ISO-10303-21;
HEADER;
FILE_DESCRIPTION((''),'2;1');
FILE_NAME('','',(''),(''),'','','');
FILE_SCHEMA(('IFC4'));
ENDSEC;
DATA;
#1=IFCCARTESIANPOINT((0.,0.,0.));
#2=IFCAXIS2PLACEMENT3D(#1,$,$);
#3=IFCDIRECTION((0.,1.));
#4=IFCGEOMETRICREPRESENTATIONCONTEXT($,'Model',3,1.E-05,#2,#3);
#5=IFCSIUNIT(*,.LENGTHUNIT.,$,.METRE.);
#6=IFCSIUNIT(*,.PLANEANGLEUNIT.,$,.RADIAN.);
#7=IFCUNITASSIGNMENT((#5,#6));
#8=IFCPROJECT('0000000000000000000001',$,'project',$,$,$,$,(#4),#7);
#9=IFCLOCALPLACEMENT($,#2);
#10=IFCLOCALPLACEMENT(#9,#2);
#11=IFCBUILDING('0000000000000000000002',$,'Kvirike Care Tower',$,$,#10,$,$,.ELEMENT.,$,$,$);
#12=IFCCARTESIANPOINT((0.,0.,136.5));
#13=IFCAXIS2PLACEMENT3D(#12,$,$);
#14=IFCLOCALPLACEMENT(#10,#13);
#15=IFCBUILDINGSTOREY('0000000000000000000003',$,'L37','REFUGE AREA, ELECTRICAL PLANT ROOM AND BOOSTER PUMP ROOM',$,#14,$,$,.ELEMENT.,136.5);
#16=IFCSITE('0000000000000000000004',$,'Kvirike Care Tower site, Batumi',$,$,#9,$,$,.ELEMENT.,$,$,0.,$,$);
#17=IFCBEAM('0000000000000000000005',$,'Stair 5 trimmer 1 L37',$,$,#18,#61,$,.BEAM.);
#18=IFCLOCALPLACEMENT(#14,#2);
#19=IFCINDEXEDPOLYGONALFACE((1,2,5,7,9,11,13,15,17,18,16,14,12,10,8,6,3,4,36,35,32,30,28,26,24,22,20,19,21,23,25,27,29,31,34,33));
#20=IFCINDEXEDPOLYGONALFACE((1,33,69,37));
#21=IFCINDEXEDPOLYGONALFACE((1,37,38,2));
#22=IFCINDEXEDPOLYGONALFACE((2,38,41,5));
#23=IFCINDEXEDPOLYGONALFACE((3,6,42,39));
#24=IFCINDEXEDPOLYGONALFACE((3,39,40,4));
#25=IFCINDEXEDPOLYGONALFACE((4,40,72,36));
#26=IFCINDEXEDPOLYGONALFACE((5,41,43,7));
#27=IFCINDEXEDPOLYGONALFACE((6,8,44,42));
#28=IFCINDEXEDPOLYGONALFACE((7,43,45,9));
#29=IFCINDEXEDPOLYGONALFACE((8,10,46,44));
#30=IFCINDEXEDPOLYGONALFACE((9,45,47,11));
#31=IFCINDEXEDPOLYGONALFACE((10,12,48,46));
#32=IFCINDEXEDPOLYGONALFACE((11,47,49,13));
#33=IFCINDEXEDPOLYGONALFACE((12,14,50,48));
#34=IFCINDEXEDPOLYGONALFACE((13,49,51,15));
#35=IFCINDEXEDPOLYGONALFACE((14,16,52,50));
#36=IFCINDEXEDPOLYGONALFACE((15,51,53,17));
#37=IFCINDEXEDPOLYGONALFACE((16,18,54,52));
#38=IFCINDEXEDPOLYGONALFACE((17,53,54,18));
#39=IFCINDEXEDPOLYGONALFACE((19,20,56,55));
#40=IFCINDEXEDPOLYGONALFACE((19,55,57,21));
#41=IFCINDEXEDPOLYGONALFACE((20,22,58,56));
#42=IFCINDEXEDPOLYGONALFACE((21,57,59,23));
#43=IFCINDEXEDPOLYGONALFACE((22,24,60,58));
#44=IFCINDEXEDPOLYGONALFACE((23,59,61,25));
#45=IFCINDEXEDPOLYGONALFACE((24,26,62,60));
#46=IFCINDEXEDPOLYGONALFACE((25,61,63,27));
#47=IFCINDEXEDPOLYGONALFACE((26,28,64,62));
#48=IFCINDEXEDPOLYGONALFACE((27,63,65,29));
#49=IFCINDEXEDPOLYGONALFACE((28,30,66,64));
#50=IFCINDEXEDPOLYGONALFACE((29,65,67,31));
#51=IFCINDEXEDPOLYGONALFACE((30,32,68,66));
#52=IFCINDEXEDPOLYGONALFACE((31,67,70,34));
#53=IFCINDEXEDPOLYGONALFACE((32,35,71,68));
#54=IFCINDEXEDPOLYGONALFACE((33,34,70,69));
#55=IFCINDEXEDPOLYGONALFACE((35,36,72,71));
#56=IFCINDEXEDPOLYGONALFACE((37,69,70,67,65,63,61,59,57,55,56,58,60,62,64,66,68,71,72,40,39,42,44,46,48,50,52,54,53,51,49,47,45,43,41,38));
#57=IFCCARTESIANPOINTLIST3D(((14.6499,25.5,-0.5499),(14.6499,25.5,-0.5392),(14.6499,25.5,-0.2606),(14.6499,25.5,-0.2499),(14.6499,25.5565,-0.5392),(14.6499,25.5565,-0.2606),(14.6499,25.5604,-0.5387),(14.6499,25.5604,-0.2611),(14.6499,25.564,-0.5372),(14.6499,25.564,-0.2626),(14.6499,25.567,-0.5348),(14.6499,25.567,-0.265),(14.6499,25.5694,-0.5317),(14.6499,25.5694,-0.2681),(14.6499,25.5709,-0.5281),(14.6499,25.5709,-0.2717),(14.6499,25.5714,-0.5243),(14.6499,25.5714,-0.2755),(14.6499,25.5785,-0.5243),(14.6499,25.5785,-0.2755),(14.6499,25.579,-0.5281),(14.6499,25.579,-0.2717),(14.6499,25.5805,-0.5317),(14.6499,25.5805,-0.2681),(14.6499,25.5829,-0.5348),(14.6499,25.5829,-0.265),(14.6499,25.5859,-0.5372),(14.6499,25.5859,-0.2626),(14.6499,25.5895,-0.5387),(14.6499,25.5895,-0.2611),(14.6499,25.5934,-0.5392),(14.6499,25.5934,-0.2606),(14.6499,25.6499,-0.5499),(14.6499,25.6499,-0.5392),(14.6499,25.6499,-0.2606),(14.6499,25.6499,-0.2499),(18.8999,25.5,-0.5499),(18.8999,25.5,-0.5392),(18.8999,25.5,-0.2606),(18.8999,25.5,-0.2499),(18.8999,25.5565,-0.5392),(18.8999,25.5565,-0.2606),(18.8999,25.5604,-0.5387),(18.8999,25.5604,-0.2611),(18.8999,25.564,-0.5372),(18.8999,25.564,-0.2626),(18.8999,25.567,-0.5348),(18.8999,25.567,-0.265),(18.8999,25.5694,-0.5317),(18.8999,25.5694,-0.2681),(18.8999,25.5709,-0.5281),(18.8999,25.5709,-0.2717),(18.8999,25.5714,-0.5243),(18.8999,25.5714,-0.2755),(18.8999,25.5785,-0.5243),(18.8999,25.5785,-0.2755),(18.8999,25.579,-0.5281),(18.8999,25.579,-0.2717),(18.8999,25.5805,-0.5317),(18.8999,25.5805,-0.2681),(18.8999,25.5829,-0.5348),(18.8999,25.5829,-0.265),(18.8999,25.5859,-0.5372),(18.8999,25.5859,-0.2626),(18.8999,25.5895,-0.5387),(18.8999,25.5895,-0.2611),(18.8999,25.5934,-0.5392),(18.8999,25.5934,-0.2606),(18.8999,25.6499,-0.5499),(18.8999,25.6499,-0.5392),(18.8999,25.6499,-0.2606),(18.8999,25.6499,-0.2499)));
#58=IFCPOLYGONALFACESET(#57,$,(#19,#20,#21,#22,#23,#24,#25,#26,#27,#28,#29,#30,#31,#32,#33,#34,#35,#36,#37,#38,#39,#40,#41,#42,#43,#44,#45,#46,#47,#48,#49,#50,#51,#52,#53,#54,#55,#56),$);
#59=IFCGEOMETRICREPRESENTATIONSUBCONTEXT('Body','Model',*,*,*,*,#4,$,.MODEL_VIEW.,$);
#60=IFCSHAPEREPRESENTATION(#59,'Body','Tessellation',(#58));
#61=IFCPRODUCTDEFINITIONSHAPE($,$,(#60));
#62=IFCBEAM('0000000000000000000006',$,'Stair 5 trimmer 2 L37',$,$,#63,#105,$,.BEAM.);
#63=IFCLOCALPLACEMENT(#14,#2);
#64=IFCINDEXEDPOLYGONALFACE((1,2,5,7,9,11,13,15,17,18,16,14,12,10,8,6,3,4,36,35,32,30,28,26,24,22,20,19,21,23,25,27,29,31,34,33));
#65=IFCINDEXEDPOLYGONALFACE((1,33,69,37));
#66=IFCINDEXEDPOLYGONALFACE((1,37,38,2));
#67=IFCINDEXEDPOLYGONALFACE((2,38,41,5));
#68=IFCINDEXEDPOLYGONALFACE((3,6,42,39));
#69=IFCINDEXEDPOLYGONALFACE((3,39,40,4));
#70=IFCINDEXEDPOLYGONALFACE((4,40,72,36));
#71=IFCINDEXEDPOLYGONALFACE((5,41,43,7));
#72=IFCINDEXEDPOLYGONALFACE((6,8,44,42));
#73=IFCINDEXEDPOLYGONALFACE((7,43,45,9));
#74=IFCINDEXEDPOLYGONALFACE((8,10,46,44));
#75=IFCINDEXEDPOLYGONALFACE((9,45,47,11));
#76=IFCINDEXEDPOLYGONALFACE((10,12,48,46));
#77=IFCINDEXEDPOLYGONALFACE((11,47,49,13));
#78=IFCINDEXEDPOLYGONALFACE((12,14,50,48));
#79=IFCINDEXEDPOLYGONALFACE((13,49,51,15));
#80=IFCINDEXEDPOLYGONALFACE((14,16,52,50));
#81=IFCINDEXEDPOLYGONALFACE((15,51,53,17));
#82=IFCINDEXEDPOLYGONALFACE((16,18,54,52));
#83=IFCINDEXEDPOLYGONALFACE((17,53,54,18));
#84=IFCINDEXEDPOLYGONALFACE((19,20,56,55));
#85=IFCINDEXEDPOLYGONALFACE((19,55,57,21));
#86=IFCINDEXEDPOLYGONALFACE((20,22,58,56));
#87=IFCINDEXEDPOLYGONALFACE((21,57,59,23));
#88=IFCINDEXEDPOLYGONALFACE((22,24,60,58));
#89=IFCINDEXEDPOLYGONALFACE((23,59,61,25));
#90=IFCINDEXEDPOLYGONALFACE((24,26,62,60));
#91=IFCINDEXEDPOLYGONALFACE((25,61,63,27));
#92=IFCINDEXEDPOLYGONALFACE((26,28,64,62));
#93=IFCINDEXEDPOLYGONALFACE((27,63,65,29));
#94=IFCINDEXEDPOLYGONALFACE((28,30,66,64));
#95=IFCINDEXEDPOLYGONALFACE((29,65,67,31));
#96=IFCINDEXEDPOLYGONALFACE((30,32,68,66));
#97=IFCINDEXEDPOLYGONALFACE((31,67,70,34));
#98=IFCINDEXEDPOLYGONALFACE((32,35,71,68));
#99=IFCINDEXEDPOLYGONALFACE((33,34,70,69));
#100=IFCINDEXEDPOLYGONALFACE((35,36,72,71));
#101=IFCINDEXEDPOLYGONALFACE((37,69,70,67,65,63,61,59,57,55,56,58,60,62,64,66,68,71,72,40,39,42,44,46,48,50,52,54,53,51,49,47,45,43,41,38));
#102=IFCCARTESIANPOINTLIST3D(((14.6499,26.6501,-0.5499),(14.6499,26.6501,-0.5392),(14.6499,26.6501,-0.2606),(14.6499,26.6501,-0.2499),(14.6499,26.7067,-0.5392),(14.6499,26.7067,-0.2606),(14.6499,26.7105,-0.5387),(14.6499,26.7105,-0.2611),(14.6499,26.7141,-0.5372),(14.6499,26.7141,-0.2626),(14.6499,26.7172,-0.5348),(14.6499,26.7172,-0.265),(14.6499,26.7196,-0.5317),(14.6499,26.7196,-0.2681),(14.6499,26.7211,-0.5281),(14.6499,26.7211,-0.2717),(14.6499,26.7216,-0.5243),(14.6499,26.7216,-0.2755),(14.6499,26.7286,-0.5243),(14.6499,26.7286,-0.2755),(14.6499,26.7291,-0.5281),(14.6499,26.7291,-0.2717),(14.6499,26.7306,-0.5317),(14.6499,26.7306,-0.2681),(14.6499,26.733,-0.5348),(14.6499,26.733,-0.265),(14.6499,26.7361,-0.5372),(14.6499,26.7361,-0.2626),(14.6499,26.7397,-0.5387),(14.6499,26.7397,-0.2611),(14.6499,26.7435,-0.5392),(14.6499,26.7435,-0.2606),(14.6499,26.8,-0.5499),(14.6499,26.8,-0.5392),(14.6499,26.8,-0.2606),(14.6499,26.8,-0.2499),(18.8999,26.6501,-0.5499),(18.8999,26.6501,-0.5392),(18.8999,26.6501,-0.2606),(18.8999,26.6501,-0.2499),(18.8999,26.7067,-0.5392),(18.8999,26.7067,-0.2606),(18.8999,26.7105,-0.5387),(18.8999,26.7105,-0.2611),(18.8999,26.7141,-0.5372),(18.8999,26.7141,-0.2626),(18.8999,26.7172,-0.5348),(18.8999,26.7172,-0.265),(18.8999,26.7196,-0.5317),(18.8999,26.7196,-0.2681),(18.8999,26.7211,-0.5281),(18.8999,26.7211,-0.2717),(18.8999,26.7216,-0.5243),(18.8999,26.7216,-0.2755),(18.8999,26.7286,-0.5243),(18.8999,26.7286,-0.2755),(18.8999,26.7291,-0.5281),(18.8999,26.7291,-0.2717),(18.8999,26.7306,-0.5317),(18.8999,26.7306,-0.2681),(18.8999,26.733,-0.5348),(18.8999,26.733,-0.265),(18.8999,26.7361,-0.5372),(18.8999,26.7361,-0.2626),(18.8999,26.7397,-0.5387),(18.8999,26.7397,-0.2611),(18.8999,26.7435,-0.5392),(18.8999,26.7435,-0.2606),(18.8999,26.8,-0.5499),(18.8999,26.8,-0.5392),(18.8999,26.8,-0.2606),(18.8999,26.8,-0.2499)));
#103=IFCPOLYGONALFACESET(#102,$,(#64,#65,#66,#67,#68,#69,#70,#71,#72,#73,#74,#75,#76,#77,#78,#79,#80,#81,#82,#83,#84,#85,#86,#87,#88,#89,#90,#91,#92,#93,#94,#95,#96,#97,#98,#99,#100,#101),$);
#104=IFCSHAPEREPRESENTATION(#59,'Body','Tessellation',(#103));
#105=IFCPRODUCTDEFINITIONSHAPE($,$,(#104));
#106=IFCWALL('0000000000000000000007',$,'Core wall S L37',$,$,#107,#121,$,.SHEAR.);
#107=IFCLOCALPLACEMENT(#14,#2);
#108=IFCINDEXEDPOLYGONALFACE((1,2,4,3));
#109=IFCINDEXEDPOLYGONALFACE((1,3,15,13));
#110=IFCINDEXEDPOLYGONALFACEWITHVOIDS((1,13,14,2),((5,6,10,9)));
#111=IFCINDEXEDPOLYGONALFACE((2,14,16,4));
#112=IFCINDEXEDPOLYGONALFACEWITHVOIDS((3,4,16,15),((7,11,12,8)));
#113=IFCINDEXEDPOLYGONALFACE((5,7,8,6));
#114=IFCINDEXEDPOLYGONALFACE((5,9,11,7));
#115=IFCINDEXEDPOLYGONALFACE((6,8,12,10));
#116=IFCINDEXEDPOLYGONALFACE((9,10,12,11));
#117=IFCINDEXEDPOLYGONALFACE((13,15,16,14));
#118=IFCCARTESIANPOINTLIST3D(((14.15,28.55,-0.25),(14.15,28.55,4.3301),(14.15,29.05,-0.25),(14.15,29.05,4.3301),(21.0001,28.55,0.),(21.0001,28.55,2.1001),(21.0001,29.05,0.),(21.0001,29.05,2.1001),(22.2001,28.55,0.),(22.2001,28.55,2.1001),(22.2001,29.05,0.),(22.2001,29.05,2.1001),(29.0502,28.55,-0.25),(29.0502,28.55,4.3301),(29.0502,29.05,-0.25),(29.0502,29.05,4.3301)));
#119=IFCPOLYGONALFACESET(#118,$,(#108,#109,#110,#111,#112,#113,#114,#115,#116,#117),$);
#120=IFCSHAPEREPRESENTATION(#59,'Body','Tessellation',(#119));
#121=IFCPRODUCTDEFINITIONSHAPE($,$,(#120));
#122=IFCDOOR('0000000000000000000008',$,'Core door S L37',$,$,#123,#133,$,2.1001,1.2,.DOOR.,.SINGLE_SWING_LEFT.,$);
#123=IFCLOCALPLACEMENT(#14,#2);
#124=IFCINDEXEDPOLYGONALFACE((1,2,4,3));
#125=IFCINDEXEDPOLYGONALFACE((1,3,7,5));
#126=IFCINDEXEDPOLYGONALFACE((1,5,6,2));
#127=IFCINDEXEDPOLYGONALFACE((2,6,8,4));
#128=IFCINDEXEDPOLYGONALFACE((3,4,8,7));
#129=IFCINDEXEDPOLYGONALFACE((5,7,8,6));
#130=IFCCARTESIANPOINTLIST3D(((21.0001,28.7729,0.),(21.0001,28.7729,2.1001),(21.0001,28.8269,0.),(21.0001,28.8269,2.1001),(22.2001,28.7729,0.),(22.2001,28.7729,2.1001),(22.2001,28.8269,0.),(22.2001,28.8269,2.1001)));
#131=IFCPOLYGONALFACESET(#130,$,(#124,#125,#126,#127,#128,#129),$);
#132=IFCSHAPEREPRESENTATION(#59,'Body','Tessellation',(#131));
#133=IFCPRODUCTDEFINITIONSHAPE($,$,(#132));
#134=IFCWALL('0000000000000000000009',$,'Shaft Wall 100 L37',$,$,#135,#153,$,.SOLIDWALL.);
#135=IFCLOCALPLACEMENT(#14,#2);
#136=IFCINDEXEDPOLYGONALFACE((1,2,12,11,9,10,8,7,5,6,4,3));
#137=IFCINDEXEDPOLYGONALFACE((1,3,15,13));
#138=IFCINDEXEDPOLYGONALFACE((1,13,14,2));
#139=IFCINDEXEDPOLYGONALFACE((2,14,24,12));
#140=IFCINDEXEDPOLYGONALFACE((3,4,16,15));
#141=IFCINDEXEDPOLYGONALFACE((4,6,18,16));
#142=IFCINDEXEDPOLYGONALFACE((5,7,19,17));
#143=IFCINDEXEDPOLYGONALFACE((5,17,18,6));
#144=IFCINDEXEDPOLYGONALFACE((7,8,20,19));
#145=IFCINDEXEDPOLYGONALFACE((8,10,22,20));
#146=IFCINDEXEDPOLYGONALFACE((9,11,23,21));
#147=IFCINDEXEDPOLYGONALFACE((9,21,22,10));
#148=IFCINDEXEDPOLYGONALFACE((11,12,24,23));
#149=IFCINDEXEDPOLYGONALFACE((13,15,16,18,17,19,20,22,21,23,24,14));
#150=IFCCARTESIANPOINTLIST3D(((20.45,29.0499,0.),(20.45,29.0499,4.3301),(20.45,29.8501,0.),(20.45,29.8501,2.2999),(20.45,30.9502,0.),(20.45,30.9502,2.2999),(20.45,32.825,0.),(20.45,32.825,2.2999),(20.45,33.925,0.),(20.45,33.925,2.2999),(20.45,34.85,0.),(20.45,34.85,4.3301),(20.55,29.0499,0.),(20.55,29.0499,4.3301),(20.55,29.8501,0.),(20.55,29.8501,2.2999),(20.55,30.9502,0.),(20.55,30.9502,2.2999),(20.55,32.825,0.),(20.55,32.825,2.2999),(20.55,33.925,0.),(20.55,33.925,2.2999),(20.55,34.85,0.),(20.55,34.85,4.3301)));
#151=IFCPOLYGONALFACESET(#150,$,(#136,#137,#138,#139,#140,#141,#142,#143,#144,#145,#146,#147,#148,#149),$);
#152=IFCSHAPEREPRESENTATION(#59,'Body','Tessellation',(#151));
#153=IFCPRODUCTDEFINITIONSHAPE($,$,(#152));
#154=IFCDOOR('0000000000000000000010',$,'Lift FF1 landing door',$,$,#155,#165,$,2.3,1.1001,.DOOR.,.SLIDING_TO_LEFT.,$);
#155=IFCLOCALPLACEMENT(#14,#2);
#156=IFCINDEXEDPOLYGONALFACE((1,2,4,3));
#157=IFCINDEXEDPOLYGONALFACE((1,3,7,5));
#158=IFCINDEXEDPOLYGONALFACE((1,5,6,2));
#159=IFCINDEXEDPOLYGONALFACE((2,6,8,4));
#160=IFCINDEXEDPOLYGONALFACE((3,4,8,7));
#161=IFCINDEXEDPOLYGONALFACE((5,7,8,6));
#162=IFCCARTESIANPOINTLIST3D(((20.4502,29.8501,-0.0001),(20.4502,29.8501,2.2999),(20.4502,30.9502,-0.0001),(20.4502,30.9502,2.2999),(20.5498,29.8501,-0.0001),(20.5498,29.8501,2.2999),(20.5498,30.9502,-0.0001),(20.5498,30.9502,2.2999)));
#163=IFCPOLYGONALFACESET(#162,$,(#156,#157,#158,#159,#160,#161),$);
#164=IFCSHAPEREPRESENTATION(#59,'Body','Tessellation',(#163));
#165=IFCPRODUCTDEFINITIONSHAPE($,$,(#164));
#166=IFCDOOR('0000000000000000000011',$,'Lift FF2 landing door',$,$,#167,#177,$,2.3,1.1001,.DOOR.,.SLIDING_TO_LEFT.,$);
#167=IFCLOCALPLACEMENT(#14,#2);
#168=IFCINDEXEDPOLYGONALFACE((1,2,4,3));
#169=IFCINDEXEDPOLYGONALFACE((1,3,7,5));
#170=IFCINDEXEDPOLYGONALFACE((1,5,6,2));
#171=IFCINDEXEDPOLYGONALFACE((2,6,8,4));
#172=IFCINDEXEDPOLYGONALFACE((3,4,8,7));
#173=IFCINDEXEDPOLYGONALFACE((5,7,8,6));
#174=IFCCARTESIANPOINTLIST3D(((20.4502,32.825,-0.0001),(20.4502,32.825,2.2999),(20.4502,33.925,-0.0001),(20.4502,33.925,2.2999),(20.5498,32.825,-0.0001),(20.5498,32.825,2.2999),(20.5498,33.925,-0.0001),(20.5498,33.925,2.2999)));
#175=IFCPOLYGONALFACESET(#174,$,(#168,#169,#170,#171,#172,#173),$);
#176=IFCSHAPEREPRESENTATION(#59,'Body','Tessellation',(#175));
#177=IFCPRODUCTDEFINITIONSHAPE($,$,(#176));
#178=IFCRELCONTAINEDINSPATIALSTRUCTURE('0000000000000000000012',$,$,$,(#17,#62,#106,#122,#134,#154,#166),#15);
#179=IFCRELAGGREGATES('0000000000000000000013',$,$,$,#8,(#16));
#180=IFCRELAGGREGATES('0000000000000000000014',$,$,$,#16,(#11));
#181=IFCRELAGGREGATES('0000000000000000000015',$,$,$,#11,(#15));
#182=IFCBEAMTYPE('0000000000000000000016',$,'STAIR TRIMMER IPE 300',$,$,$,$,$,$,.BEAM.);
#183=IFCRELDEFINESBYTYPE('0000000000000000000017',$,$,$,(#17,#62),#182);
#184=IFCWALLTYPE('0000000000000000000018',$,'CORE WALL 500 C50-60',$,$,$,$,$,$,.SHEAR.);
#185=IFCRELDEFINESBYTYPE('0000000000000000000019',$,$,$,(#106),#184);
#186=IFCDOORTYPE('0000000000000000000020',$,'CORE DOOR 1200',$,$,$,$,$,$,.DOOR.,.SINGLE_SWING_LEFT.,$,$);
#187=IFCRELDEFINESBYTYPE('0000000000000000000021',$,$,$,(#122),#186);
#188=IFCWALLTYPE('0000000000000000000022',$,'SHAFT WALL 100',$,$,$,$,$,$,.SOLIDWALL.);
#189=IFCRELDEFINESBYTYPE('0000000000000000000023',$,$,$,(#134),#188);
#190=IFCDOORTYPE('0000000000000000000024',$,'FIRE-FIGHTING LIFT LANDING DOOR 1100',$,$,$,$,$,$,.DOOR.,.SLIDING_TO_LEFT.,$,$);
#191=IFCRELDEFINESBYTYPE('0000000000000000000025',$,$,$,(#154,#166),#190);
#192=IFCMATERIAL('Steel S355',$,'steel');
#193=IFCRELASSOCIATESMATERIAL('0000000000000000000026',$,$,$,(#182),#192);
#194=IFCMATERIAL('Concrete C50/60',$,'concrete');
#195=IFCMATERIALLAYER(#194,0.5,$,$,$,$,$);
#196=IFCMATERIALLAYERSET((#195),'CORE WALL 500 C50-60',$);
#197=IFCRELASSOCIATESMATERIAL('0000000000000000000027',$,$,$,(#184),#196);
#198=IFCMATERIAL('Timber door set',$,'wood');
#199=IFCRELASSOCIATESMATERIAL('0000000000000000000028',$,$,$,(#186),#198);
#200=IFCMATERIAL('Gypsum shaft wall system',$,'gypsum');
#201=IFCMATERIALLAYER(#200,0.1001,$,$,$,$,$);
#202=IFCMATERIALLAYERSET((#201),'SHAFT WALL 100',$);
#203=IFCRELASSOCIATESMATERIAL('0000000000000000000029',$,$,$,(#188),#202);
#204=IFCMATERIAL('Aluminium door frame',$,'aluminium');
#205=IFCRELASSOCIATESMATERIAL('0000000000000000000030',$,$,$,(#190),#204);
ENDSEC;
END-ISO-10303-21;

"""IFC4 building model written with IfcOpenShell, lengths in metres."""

from ifc_helpers import new_model, si_unit, direction, frame, frame_2d, origin, origin_2d, place, context, subcontext, project, spatial, rectangle, i_section, extrude, material, layer, layer_set, material_profile, profile_set, type_object, element, fill, save


model = new_model("IFC4")

# Units and contexts
model_context = context("Model", 3, precision=1e-05, world=origin(), true_north=direction((0.0, 1.0)))
body_context = subcontext(model_context, "Body", "Model", "MODEL_VIEW")
ifc_project = project(units=[si_unit("LENGTHUNIT", "METRE"), si_unit("PLANEANGLEUNIT", "RADIAN")], contexts=[model_context])

# Site, building, storey
site_placement = place(None, origin())
site = spatial("IfcSite", under=ifc_project, at=site_placement, Name="Kvirike Care Tower site, Batumi", CompositionType="ELEMENT", RefElevation=0.0)
building_placement = place(site_placement, origin())
building = spatial("IfcBuilding", under=site, at=building_placement, Name="Kvirike Care Tower", CompositionType="ELEMENT")
storey_placement = place(building_placement, frame((0.0, 0.0, 136.5)))
storey = spatial("IfcBuildingStorey", under=building, at=storey_placement, Name="L37", Description="REFUGE AREA, ELECTRICAL PLANT ROOM AND BOOSTER PUMP ROOM", CompositionType="ELEMENT", Elevation=136.5)

# Beams
ifc_material_1 = material(Name="Steel S355", Category="steel")
ifc_material_profile_1 = material_profile(ifc_material_1, i_section(OverallWidth=0.1499, OverallDepth=0.3, WebThickness=0.0071, FlangeThickness=0.0107, FilletRadius=0.0149, at=origin_2d()), Name="IPE 300")
ifc_profile_set_1 = profile_set([ifc_material_profile_1], Name="Steel S355")
beam_type_1 = type_object("IfcBeamType", Name="STAIR TRIMMER IPE 300", PredefinedType="BEAM", material=ifc_profile_set_1)
for number, where, z_axis, x_axis, name in (
    (1, (14.6499, 25.575, -0.3999), (1.0, 0.0, 0.0), (0.0, 1.0, 0.0), "Stair 5 trimmer 1 L37"),
    (2, (14.6499, 26.7251, -0.3999), (1.0, 0.0, 0.0), (0.0, 1.0, 0.0), "Stair 5 trimmer 2 L37"),
):
    element("IfcBeam", number, at=place(storey_placement, frame(where, z_axis=z_axis, x_axis=x_axis)), inside=storey, type_object=beam_type_1, Name=name, PredefinedType="BEAM", context=body_context, shape_type="SweptSolid", body=[
        extrude(i_section(OverallWidth=0.1499, OverallDepth=0.3, WebThickness=0.0071, FlangeThickness=0.0107, FilletRadius=0.0149, at=origin_2d()), origin(), (0.0, 0.0, 1.0), 4.25),
    ])

# Wall, opening, door
ifc_material_2 = material(Name="Concrete C50/60", Category="concrete")
ifc_layer_1 = layer(ifc_material_2, 0.5)
ifc_layer_set_1 = layer_set([ifc_layer_1], Name="CORE WALL 500 C50-60")
wall_type_1 = type_object("IfcWallType", Name="CORE WALL 500 C50-60", PredefinedType="SHEAR", material=ifc_layer_set_1)
wall_1_placement = place(storey_placement, frame((14.1499, 28.8, -0.25), z_axis=(0.0, 0.0, 1.0), x_axis=(1.0, 0.0, 0.0)))
wall_1 = element("IfcWall", 3, at=wall_1_placement, inside=storey, type_object=wall_type_1, Name="Core wall S L37", PredefinedType="SHEAR", context=body_context, shape_type="SweptSolid", body=[
    extrude(rectangle(XDim=14.9001, YDim=0.5, at=frame_2d((7.4502, 0.0))), origin(), (0.0, 0.0, 1.0), 4.5801),
])
opening_1_placement = place(wall_1_placement, frame((6.8501, 0.0, 0.25)))
opening_1 = element("IfcOpeningElement", 4, at=opening_1_placement, cuts=wall_1, PredefinedType="OPENING", context=body_context, shape_type="SweptSolid", body=[
    extrude(rectangle(XDim=1.2, YDim=2.1001, at=frame_2d((0.6001, 1.05))), frame((0.0, 0.2605, 0.0), z_axis=(0.0, -1.0, 0.0), x_axis=(1.0, 0.0, 0.0)), (0.0, 0.0, 1.0), 0.521),
])
ifc_material_3 = material(Name="Timber door set", Category="wood")
door_type_1 = type_object("IfcDoorType", Name="CORE DOOR 1200", OperationType="SINGLE_SWING_LEFT", PredefinedType="DOOR", material=ifc_material_3)
door_1_placement = place(opening_1_placement, origin())
door_1 = element("IfcDoor", 5, at=door_1_placement, inside=storey, type_object=door_type_1, Name="Core door S L37", OperationType="SINGLE_SWING_LEFT", OverallHeight=2.1001, OverallWidth=1.2, PredefinedType="DOOR", context=body_context, shape_type="SweptSolid", body=[
    extrude(rectangle(XDim=1.2, YDim=2.1001, at=frame_2d((0.6001, 1.05))), frame((0.0, 0.0269, 0.0), z_axis=(0.0, -1.0, 0.0), x_axis=(1.0, 0.0, 0.0)), (0.0, 0.0, 1.0), 0.054),
])
fill(opening_1, door_1)

# Wall, openings, doors
ifc_material_4 = material(Name="Gypsum shaft wall system", Category="gypsum")
ifc_layer_2 = layer(ifc_material_4, 0.1001)
ifc_layer_set_2 = layer_set([ifc_layer_2], Name="SHAFT WALL 100")
wall_type_2 = type_object("IfcWallType", Name="SHAFT WALL 100", PredefinedType="SOLIDWALL", material=ifc_layer_set_2)
wall_2_placement = place(storey_placement, frame((20.5, 29.05, 0.0), z_axis=(0.0, 0.0, 1.0), x_axis=(0.0, 1.0, 0.0)))
wall_2 = element("IfcWall", 6, at=wall_2_placement, inside=storey, type_object=wall_type_2, Name="Shaft Wall 100 L37", PredefinedType="SOLIDWALL", context=body_context, shape_type="SweptSolid", body=[
    extrude(rectangle(XDim=5.8, YDim=0.1001, at=frame_2d((2.8999, 0.0))), origin(), (0.0, 0.0, 1.0), 4.3301),
])
opening_2_placement = place(wall_2_placement, frame((0.8, 0.0, 0.0)))
opening_2 = element("IfcOpeningElement", 7, at=opening_2_placement, cuts=wall_2, PredefinedType="OPENING", context=body_context, shape_type="SweptSolid", body=[
    extrude(rectangle(XDim=1.1001, YDim=2.3, at=frame_2d((0.55, 1.1499))), frame((0.0, 0.0605, 0.0), z_axis=(0.0, -1.0, 0.0), x_axis=(1.0, 0.0, 0.0)), (0.0, 0.0, 1.0), 0.1211),
])
opening_3_placement = place(wall_2_placement, frame((3.7749, 0.0, 0.0)))
opening_3 = element("IfcOpeningElement", 8, at=opening_3_placement, cuts=wall_2, PredefinedType="OPENING", context=body_context, shape_type="SweptSolid", body=[
    extrude(rectangle(XDim=1.1001, YDim=2.3, at=frame_2d((0.55, 1.1499))), frame((0.0, 0.0605, 0.0), z_axis=(0.0, -1.0, 0.0), x_axis=(1.0, 0.0, 0.0)), (0.0, 0.0, 1.0), 0.1211),
])
ifc_material_5 = material(Name="Aluminium door frame", Category="aluminium")
door_type_2 = type_object("IfcDoorType", Name="FIRE-FIGHTING LIFT LANDING DOOR 1100", OperationType="SLIDING_TO_LEFT", PredefinedType="DOOR", material=ifc_material_5)
door_2_placement = place(opening_2_placement, origin())
door_2 = element("IfcDoor", 9, at=door_2_placement, inside=storey, type_object=door_type_2, Name="Lift FF1 landing door", OperationType="SLIDING_TO_LEFT", OverallHeight=2.3, OverallWidth=1.1001, PredefinedType="DOOR", context=body_context, shape_type="SweptSolid", body=[
    extrude(rectangle(XDim=1.1001, YDim=2.3, at=frame_2d((0.55, 1.1499))), frame((0.0, 0.0498, 0.0), z_axis=(0.0, -1.0, 0.0), x_axis=(1.0, 0.0, 0.0)), (0.0, 0.0, 1.0), 0.0996),
])
fill(opening_2, door_2)
door_3_placement = place(opening_3_placement, origin())
door_3 = element("IfcDoor", 10, at=door_3_placement, inside=storey, type_object=door_type_2, Name="Lift FF2 landing door", OperationType="SLIDING_TO_LEFT", OverallHeight=2.3, OverallWidth=1.1001, PredefinedType="DOOR", context=body_context, shape_type="SweptSolid", body=[
    extrude(rectangle(XDim=1.1001, YDim=2.3, at=frame_2d((0.55, 1.1499))), frame((0.0, 0.0498, 0.0), z_axis=(0.0, -1.0, 0.0), x_axis=(1.0, 0.0, 0.0)), (0.0, 0.0, 1.0), 0.0996),
])
fill(opening_3, door_3)

save(model, "model.ifc")
